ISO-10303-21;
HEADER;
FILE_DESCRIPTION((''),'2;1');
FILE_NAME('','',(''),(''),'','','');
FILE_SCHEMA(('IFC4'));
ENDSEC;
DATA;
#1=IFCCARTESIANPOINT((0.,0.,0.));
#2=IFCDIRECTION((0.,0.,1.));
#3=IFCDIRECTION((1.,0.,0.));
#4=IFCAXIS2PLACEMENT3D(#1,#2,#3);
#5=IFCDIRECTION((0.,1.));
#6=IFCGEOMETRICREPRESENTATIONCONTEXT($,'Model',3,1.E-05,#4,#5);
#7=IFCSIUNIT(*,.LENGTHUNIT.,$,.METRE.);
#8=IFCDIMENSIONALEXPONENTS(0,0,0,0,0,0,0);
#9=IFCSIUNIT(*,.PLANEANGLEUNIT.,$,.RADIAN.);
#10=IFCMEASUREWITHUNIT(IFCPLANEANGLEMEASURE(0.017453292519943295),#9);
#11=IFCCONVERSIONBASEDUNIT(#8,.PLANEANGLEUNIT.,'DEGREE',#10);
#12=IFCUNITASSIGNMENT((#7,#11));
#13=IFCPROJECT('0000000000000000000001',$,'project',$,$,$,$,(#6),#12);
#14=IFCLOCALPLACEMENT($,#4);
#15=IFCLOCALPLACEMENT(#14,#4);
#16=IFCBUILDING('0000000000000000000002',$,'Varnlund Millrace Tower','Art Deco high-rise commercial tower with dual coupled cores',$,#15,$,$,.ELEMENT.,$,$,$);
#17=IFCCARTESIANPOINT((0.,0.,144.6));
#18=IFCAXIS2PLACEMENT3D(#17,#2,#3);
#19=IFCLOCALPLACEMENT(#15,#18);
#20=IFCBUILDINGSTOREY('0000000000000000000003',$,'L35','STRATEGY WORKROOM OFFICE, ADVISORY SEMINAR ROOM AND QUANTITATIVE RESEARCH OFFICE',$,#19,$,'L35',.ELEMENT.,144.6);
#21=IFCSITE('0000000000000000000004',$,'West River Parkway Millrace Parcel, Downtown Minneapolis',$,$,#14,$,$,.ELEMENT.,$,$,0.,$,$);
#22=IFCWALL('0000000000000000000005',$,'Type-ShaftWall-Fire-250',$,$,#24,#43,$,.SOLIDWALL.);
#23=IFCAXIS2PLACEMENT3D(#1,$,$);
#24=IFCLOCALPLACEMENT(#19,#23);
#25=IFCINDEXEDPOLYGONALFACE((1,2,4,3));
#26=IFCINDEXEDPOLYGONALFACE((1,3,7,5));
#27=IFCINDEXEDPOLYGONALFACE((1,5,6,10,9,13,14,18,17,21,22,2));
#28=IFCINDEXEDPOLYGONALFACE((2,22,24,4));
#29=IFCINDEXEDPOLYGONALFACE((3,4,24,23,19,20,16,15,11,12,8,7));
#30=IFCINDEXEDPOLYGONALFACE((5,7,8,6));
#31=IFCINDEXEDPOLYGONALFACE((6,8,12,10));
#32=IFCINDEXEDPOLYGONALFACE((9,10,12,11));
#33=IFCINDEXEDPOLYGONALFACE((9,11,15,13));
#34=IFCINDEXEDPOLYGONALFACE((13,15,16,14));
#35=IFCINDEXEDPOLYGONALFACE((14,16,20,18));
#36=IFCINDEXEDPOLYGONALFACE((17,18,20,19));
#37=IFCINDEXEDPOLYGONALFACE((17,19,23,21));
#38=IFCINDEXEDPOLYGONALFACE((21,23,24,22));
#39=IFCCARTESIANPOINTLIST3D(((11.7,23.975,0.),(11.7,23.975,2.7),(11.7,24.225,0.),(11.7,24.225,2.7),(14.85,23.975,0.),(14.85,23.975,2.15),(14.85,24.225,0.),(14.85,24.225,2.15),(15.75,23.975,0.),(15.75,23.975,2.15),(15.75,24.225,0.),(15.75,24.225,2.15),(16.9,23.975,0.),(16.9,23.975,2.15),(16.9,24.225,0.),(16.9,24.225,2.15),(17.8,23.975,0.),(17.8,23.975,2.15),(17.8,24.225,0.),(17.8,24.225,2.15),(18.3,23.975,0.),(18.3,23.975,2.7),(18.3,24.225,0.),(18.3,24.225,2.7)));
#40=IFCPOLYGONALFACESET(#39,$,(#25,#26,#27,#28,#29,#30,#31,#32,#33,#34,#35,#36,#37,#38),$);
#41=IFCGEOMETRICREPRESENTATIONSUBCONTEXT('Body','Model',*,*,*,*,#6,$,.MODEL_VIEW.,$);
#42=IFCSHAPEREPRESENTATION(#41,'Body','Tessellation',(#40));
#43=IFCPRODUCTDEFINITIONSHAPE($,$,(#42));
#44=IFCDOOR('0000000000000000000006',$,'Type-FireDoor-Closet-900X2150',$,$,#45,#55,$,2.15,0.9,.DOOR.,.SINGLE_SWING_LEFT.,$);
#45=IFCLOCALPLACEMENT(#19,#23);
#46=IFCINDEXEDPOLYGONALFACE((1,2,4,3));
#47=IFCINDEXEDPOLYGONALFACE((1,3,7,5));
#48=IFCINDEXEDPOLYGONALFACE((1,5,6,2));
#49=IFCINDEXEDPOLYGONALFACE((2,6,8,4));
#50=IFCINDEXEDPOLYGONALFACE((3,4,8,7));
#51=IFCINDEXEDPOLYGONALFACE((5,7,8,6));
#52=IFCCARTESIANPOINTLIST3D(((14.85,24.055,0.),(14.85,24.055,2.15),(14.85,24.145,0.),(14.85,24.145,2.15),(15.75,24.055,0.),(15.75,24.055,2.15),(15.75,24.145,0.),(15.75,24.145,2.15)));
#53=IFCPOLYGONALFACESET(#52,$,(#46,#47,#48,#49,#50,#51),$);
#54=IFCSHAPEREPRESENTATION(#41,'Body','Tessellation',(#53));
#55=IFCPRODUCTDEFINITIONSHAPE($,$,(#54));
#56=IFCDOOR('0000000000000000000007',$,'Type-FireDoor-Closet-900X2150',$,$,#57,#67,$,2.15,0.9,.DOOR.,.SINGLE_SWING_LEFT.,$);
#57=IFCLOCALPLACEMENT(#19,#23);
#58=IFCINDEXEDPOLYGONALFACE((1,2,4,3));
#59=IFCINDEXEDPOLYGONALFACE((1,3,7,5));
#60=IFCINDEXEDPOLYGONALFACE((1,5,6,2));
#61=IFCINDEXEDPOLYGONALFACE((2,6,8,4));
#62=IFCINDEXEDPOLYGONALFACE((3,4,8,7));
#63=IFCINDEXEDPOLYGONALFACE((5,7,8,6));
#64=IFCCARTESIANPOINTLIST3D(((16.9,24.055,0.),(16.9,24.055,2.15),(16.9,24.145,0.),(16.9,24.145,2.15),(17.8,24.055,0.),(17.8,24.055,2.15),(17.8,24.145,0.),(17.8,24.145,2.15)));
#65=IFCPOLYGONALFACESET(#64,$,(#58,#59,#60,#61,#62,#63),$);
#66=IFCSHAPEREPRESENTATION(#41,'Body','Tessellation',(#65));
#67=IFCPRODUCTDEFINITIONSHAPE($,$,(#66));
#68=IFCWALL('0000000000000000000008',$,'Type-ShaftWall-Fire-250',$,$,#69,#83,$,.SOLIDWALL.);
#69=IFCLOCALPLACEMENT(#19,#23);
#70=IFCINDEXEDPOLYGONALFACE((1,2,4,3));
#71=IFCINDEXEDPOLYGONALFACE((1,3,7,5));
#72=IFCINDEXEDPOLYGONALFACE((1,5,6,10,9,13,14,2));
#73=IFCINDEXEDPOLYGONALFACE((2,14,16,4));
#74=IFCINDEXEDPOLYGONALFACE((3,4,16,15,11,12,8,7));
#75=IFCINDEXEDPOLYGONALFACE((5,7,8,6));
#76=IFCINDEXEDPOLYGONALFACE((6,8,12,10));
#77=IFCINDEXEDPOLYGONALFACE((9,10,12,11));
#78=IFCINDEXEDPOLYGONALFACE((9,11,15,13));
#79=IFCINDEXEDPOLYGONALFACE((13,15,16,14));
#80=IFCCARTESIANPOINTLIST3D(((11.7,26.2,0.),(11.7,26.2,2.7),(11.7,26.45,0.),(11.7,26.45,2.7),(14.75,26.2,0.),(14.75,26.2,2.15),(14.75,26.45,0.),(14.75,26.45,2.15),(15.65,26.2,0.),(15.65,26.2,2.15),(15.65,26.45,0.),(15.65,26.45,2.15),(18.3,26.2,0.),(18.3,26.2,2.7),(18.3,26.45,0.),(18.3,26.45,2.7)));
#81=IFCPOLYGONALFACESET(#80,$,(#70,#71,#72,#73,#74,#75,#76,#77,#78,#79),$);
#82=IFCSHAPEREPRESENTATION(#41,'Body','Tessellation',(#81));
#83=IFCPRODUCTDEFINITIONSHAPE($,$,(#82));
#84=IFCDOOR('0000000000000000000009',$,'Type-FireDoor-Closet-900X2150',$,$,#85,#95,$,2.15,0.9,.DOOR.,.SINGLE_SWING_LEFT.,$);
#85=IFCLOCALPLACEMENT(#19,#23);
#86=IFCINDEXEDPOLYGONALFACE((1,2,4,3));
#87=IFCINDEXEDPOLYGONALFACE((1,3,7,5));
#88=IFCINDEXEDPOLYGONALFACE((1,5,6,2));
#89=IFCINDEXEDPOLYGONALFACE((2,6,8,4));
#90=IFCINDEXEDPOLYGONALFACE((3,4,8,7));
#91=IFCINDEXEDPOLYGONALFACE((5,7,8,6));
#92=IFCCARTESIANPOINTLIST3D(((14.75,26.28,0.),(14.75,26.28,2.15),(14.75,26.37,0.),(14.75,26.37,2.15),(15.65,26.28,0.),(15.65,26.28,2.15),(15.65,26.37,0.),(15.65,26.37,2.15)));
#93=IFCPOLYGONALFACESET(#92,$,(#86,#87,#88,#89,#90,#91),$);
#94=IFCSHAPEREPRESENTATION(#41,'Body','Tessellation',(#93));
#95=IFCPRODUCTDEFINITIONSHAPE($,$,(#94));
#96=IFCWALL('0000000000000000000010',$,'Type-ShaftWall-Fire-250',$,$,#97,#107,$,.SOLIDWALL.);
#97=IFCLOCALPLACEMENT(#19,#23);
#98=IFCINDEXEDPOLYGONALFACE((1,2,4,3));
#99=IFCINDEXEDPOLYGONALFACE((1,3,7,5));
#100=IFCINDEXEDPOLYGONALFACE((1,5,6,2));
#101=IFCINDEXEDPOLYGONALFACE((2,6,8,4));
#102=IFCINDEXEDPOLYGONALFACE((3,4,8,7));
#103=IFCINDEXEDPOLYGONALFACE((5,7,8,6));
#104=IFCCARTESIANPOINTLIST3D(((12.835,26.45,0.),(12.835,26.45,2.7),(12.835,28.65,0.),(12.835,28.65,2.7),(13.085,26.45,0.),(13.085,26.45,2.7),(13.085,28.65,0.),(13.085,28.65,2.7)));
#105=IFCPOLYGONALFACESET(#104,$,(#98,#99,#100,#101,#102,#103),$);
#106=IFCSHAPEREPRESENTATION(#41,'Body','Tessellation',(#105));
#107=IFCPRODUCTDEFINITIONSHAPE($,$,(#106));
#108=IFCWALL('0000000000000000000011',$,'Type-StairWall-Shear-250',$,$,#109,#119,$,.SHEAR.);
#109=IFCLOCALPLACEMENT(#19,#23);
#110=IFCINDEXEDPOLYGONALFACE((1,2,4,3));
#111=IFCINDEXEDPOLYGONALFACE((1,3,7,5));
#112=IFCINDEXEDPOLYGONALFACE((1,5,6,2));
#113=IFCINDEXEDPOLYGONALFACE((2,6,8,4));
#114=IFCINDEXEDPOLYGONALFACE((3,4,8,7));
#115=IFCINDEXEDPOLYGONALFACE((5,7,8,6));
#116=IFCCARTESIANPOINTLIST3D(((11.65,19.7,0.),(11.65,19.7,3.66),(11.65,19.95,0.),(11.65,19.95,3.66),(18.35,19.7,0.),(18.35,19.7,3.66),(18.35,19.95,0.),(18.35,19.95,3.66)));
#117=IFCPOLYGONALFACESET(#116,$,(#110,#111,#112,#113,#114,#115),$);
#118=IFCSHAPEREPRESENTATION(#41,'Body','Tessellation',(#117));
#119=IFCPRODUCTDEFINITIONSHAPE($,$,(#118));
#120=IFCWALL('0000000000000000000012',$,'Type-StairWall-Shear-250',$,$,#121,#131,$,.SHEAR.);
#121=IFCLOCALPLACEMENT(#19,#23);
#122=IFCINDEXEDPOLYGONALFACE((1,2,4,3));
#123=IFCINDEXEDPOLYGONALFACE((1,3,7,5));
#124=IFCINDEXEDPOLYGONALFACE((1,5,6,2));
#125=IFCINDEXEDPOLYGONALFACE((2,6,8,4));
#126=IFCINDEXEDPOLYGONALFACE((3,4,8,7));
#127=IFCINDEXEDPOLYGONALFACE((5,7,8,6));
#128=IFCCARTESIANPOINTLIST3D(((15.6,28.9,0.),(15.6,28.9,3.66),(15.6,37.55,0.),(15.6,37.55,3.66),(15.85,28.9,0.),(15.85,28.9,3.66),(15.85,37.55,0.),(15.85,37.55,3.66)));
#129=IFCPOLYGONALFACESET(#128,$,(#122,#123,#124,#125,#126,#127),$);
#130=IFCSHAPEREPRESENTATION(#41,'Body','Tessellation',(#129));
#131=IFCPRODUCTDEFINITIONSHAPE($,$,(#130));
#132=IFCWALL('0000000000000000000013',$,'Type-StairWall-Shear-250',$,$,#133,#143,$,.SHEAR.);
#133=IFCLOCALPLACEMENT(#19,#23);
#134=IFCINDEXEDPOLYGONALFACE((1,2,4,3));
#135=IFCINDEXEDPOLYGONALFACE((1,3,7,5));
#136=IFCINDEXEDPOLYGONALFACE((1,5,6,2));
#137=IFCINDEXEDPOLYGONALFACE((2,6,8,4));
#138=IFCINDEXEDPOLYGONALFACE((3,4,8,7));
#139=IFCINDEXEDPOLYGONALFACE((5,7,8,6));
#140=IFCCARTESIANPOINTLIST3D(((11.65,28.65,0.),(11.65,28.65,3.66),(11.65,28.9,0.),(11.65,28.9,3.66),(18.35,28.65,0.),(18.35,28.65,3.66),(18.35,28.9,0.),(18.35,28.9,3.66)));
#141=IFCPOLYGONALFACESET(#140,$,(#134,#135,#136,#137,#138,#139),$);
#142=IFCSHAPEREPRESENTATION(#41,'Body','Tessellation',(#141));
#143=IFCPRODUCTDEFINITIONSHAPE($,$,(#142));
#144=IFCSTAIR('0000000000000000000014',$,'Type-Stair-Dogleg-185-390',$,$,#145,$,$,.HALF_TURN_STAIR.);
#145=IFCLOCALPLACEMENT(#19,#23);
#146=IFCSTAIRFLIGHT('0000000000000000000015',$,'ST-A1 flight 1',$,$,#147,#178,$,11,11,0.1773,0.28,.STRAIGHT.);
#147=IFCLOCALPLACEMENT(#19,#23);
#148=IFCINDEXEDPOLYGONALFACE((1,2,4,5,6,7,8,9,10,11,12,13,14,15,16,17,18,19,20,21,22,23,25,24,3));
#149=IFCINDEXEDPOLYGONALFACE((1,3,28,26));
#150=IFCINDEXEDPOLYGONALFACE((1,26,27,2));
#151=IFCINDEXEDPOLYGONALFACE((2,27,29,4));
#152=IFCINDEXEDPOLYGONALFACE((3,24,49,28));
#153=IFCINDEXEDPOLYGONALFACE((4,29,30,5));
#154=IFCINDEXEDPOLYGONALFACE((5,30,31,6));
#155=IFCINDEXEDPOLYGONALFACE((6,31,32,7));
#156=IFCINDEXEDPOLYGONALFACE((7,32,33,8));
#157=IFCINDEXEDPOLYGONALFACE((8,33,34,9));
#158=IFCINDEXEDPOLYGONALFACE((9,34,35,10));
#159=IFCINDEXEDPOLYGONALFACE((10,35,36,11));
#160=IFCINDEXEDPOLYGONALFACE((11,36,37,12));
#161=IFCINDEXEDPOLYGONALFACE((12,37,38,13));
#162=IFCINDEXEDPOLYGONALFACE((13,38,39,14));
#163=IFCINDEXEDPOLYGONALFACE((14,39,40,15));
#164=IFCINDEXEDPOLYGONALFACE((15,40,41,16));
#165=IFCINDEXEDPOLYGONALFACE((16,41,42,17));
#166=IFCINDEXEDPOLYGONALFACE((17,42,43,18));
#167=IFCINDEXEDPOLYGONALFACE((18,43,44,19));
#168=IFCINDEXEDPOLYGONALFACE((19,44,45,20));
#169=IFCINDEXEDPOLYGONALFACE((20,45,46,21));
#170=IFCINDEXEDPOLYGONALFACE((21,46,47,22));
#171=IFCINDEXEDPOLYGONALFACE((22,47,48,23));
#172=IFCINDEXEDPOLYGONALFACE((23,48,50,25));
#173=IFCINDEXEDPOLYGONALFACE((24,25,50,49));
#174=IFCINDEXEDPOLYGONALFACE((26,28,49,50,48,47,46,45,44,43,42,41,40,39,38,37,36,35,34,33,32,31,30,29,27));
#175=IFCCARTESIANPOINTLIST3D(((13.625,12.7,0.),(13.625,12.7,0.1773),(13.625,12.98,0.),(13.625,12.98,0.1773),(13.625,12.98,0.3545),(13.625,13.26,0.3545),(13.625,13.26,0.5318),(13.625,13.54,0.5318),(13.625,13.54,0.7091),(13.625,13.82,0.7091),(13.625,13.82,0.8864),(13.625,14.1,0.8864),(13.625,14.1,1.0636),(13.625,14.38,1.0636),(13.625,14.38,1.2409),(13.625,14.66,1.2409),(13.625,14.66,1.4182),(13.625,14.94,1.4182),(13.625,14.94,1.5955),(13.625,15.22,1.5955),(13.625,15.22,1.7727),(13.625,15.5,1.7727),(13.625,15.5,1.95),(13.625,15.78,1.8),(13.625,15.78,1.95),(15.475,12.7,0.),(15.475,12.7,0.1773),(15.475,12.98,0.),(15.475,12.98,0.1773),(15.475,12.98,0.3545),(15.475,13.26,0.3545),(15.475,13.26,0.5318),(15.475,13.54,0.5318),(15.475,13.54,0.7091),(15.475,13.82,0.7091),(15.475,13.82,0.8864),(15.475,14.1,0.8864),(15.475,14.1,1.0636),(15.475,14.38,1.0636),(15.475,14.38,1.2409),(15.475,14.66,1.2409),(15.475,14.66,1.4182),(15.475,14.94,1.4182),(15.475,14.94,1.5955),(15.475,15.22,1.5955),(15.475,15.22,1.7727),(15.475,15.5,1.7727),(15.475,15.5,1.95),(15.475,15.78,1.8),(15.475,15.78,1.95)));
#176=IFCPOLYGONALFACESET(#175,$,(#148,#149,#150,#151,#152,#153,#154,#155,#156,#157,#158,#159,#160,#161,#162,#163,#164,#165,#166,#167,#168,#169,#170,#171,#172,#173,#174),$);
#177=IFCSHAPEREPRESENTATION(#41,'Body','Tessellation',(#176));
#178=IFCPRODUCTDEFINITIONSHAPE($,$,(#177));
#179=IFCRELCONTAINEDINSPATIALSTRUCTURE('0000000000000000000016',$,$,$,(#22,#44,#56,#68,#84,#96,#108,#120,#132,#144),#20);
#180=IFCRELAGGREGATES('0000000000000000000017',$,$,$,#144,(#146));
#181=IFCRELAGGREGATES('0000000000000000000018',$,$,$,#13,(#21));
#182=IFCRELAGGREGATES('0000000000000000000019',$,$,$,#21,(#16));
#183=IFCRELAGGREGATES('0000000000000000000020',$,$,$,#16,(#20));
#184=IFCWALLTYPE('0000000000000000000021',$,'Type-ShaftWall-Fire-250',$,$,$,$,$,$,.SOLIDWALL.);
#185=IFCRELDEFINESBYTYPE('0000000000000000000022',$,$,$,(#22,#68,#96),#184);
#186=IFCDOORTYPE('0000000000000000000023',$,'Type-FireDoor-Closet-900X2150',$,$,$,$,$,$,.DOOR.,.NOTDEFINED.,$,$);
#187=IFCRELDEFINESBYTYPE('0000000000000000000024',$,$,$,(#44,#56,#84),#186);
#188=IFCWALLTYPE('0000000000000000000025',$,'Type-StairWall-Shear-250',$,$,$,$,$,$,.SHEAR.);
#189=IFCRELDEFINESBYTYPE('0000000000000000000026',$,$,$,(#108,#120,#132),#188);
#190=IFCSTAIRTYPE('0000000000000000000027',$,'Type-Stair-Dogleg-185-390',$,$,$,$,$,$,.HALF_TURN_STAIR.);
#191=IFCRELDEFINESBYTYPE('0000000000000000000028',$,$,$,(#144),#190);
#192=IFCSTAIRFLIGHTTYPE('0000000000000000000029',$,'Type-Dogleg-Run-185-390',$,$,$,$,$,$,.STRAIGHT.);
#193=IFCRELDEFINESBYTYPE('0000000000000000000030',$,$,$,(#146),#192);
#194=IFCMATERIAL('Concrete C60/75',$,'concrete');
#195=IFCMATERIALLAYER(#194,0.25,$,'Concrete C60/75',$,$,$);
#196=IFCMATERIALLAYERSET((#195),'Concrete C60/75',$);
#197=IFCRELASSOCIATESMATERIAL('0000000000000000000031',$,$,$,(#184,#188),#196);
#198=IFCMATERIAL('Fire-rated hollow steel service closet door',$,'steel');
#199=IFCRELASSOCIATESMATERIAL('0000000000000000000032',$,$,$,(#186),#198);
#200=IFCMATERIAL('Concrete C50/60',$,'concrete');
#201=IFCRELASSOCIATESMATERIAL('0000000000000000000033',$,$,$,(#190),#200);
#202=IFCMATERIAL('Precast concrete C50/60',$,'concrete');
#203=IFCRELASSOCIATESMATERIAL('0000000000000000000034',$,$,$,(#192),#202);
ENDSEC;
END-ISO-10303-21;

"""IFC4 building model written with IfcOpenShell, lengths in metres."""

from ifc_helpers import new_model, entity, si_unit, converted_unit, direction, frame, origin_with_axes, origin_2d_with_axis, place, context, subcontext, project, spatial, polyline, rectangle, outline, extrude, material, layer, layer_set, type_object, element, fill, aggregate, save


model = new_model("IFC4")

# Units and contexts
model_context = context("Model", 3, precision=1e-05, world=origin_with_axes(), true_north=direction((0.0, 1.0)))
body_context = subcontext(model_context, "Body", "Model", "MODEL_VIEW")
ifc_project = project(units=[si_unit("LENGTHUNIT", "METRE"), converted_unit("PLANEANGLEUNIT", "DEGREE", entity("IfcPlaneAngleMeasure", 0.017453292519943295), si_unit("PLANEANGLEUNIT", "RADIAN"), dimensions=[0, 0, 0, 0, 0, 0, 0])], contexts=[model_context])

# Site, building, storey
site_placement = place(None, origin_with_axes())
site = spatial("IfcSite", under=ifc_project, at=site_placement, Name="West River Parkway Millrace Parcel, Downtown Minneapolis", CompositionType="ELEMENT", RefElevation=0.0)
building_placement = place(site_placement, origin_with_axes())
building = spatial("IfcBuilding", under=site, at=building_placement, Name="Varnlund Millrace Tower", Description="Art Deco high-rise commercial tower with dual coupled cores", CompositionType="ELEMENT")
storey_placement = place(building_placement, frame((0.0, 0.0, 144.6), z_axis=(0.0, 0.0, 1.0), x_axis=(1.0, 0.0, 0.0)))
storey = spatial("IfcBuildingStorey", under=building, at=storey_placement, Name="L35", Description="STRATEGY WORKROOM OFFICE, ADVISORY SEMINAR ROOM AND QUANTITATIVE RESEARCH OFFICE", LongName="L35", CompositionType="ELEMENT", Elevation=144.6)

# Wall, openings, doors
ifc_material_1 = material(Name="Concrete C60/75", Category="concrete")
ifc_layer = layer(ifc_material_1, 0.25, Name="Concrete C60/75")
ifc_layer_set = layer_set([ifc_layer], Name="Concrete C60/75")
wall_type_1 = type_object("IfcWallType", Name="Type-ShaftWall-Fire-250", PredefinedType="SOLIDWALL", material=ifc_layer_set)
wall_1_placement = place(storey_placement, frame((11.7, 24.1, 0.0), z_axis=(0.0, 0.0, 1.0), x_axis=(1.0, 0.0, 0.0)))
wall_1 = element("IfcWall", 1, at=wall_1_placement, inside=storey, type_object=wall_type_1, Name="Type-ShaftWall-Fire-250", PredefinedType="SOLIDWALL", context=body_context, shape_type="SweptSolid", body=[
    extrude(outline(polyline([(0.0, -0.125), (6.6, -0.125), (6.6, 0.125), (0.0, 0.125), (0.0, -0.125)])), origin_with_axes(), (0.0, 0.0, 1.0), 2.7),
])
opening_1_placement = place(wall_1_placement, frame((3.6, 0.0, 0.0), z_axis=(0.0, 0.0, 1.0), x_axis=(1.0, 0.0, 0.0)))
opening_1 = element("IfcOpeningElement", 2, at=opening_1_placement, cuts=wall_1, PredefinedType="OPENING", context=body_context, shape_type="SweptSolid", body=[
    extrude(rectangle(XDim=0.9, YDim=0.27, at=origin_2d_with_axis()), origin_with_axes(), (0.0, 0.0, 1.0), 2.15),
])
opening_2_placement = place(wall_1_placement, frame((5.65, 0.0, 0.0), z_axis=(0.0, 0.0, 1.0), x_axis=(1.0, 0.0, 0.0)))
opening_2 = element("IfcOpeningElement", 3, at=opening_2_placement, cuts=wall_1, PredefinedType="OPENING", context=body_context, shape_type="SweptSolid", body=[
    extrude(rectangle(XDim=0.9, YDim=0.27, at=origin_2d_with_axis()), origin_with_axes(), (0.0, 0.0, 1.0), 2.15),
])
ifc_material_2 = material(Name="Fire-rated hollow steel service closet door", Category="steel")
door_type_1 = type_object("IfcDoorType", Name="Type-FireDoor-Closet-900X2150", OperationType="NOTDEFINED", PredefinedType="DOOR", material=ifc_material_2)
door_1_placement = place(wall_1_placement, frame((3.6, 0.0, 0.0), z_axis=(0.0, 0.0, 1.0), x_axis=(1.0, 0.0, 0.0)))
door_1 = element("IfcDoor", 4, at=door_1_placement, inside=storey, type_object=door_type_1, Name="Type-FireDoor-Closet-900X2150", OperationType="SINGLE_SWING_LEFT", OverallHeight=2.15, OverallWidth=0.9, PredefinedType="DOOR", context=body_context, shape_type="SweptSolid", body=[
    extrude(rectangle(XDim=0.9, YDim=0.09, at=origin_2d_with_axis()), origin_with_axes(), (0.0, 0.0, 1.0), 2.15),
])
fill(opening_1, door_1)
door_2_placement = place(wall_1_placement, frame((5.65, 0.0, 0.0), z_axis=(0.0, 0.0, 1.0), x_axis=(1.0, 0.0, 0.0)))
door_2 = element("IfcDoor", 5, at=door_2_placement, inside=storey, type_object=door_type_1, Name="Type-FireDoor-Closet-900X2150", OperationType="SINGLE_SWING_LEFT", OverallHeight=2.15, OverallWidth=0.9, PredefinedType="DOOR", context=body_context, shape_type="SweptSolid", body=[
    extrude(rectangle(XDim=0.9, YDim=0.09, at=origin_2d_with_axis()), origin_with_axes(), (0.0, 0.0, 1.0), 2.15),
])
fill(opening_2, door_2)

# Wall, opening, door
wall_2_placement = place(storey_placement, frame((11.7, 26.325, 0.0), z_axis=(0.0, 0.0, 1.0), x_axis=(1.0, 0.0, 0.0)))
wall_2 = element("IfcWall", 6, at=wall_2_placement, inside=storey, type_object=wall_type_1, Name="Type-ShaftWall-Fire-250", PredefinedType="SOLIDWALL", context=body_context, shape_type="SweptSolid", body=[
    extrude(outline(polyline([(0.0, -0.125), (6.6, -0.125), (6.6, 0.125), (0.0, 0.125), (0.0, -0.125)])), origin_with_axes(), (0.0, 0.0, 1.0), 2.7),
])
opening_3_placement = place(wall_2_placement, frame((3.5, 0.0, 0.0), z_axis=(0.0, 0.0, 1.0), x_axis=(1.0, 0.0, 0.0)))
opening_3 = element("IfcOpeningElement", 7, at=opening_3_placement, cuts=wall_2, PredefinedType="OPENING", context=body_context, shape_type="SweptSolid", body=[
    extrude(rectangle(XDim=0.9, YDim=0.27, at=origin_2d_with_axis()), origin_with_axes(), (0.0, 0.0, 1.0), 2.15),
])
door_3_placement = place(wall_2_placement, frame((3.5, 0.0, 0.0), z_axis=(0.0, 0.0, 1.0), x_axis=(1.0, 0.0, 0.0)))
door_3 = element("IfcDoor", 8, at=door_3_placement, inside=storey, type_object=door_type_1, Name="Type-FireDoor-Closet-900X2150", OperationType="SINGLE_SWING_LEFT", OverallHeight=2.15, OverallWidth=0.9, PredefinedType="DOOR", context=body_context, shape_type="SweptSolid", body=[
    extrude(rectangle(XDim=0.9, YDim=0.09, at=origin_2d_with_axis()), origin_with_axes(), (0.0, 0.0, 1.0), 2.15),
])
fill(opening_3, door_3)

# Walls
wall_3_placement = place(storey_placement, frame((12.96, 26.45, 0.0), z_axis=(0.0, 0.0, 1.0), x_axis=(0.0, 1.0, 0.0)))
element("IfcWall", 9, at=wall_3_placement, inside=storey, type_object=wall_type_1, Name="Type-ShaftWall-Fire-250", PredefinedType="SOLIDWALL", context=body_context, shape_type="SweptSolid", body=[
    extrude(outline(polyline([(0.0, -0.125), (2.2, -0.125), (2.2, 0.125), (0.0, 0.125), (0.0, -0.125)])), origin_with_axes(), (0.0, 0.0, 1.0), 2.7),
])
wall_type_2 = type_object("IfcWallType", Name="Type-StairWall-Shear-250", PredefinedType="SHEAR", material=ifc_layer_set)
wall_4_placement = place(storey_placement, frame((11.65, 19.825, 0.0), z_axis=(0.0, 0.0, 1.0), x_axis=(1.0, 0.0, 0.0)))
element("IfcWall", 10, at=wall_4_placement, inside=storey, type_object=wall_type_2, Name="Type-StairWall-Shear-250", PredefinedType="SHEAR", context=body_context, shape_type="SweptSolid", body=[
    extrude(outline(polyline([(0.0, -0.125), (6.7, -0.125), (6.7, 0.125), (0.0, 0.125), (0.0, -0.125)])), origin_with_axes(), (0.0, 0.0, 1.0), 3.66),
])
wall_5_placement = place(storey_placement, frame((15.725, 28.9, 0.0), z_axis=(0.0, 0.0, 1.0), x_axis=(0.0, 1.0, 0.0)))
element("IfcWall", 11, at=wall_5_placement, inside=storey, type_object=wall_type_2, Name="Type-StairWall-Shear-250", PredefinedType="SHEAR", context=body_context, shape_type="SweptSolid", body=[
    extrude(outline(polyline([(0.0, -0.125), (8.65, -0.125), (8.65, 0.125), (0.0, 0.125), (0.0, -0.125)])), origin_with_axes(), (0.0, 0.0, 1.0), 3.66),
])
wall_6_placement = place(storey_placement, frame((11.65, 28.775, 0.0), z_axis=(0.0, 0.0, 1.0), x_axis=(1.0, 0.0, 0.0)))
element("IfcWall", 12, at=wall_6_placement, inside=storey, type_object=wall_type_2, Name="Type-StairWall-Shear-250", PredefinedType="SHEAR", context=body_context, shape_type="SweptSolid", body=[
    extrude(outline(polyline([(0.0, -0.125), (6.7, -0.125), (6.7, 0.125), (0.0, 0.125), (0.0, -0.125)])), origin_with_axes(), (0.0, 0.0, 1.0), 3.66),
])

# Stair, stair flight
ifc_material_3 = material(Name="Concrete C50/60", Category="concrete")
stair_type = type_object("IfcStairType", Name="Type-Stair-Dogleg-185-390", PredefinedType="HALF_TURN_STAIR", material=ifc_material_3)
stair_1_placement = place(storey_placement, origin_with_axes())
stair_1 = element("IfcStair", 13, at=stair_1_placement, inside=storey, type_object=stair_type, Name="Type-Stair-Dogleg-185-390", PredefinedType="HALF_TURN_STAIR")
ifc_material_4 = material(Name="Precast concrete C50/60", Category="concrete")
stair_flight_type = type_object("IfcStairFlightType", Name="Type-Dogleg-Run-185-390", PredefinedType="STRAIGHT", material=ifc_material_4)
stair_flight_1_placement = place(storey_placement, frame((13.625, 12.7, 0.0), z_axis=(1.0, 0.0, 0.0), x_axis=(0.0, 1.0, 0.0)))
stair_flight_1 = element("IfcStairFlight", 14, at=stair_flight_1_placement, type_object=stair_flight_type, Name="ST-A1 flight 1", NumberOfRisers=11, NumberOfTreads=11, PredefinedType="STRAIGHT", RiserHeight=0.1773, TreadLength=0.28, context=body_context, shape_type="SweptSolid", body=[
    extrude(outline(polyline([(0.0, 0.0), (0.0, 0.1773), (0.28, 0.1773), (0.28, 0.3545), (0.56, 0.3545), (0.56, 0.5318), (0.84, 0.5318), (0.84, 0.7091), (1.12, 0.7091), (1.12, 0.8864), (1.4, 0.8864), (1.4, 1.0636), (1.68, 1.0636), (1.68, 1.2409), (1.96, 1.2409), (1.96, 1.4182), (2.24, 1.4182), (2.24, 1.5955), (2.52, 1.5955), (2.52, 1.7727), (2.8, 1.7727), (2.8, 1.95), (3.08, 1.95), (3.08, 1.8), (0.28, 0.0), (0.0, 0.0)])), origin_with_axes(), (0.0, 0.0, 1.0), 1.85),
])
aggregate(stair_1, [stair_flight_1])

save(model, "model.ifc")
